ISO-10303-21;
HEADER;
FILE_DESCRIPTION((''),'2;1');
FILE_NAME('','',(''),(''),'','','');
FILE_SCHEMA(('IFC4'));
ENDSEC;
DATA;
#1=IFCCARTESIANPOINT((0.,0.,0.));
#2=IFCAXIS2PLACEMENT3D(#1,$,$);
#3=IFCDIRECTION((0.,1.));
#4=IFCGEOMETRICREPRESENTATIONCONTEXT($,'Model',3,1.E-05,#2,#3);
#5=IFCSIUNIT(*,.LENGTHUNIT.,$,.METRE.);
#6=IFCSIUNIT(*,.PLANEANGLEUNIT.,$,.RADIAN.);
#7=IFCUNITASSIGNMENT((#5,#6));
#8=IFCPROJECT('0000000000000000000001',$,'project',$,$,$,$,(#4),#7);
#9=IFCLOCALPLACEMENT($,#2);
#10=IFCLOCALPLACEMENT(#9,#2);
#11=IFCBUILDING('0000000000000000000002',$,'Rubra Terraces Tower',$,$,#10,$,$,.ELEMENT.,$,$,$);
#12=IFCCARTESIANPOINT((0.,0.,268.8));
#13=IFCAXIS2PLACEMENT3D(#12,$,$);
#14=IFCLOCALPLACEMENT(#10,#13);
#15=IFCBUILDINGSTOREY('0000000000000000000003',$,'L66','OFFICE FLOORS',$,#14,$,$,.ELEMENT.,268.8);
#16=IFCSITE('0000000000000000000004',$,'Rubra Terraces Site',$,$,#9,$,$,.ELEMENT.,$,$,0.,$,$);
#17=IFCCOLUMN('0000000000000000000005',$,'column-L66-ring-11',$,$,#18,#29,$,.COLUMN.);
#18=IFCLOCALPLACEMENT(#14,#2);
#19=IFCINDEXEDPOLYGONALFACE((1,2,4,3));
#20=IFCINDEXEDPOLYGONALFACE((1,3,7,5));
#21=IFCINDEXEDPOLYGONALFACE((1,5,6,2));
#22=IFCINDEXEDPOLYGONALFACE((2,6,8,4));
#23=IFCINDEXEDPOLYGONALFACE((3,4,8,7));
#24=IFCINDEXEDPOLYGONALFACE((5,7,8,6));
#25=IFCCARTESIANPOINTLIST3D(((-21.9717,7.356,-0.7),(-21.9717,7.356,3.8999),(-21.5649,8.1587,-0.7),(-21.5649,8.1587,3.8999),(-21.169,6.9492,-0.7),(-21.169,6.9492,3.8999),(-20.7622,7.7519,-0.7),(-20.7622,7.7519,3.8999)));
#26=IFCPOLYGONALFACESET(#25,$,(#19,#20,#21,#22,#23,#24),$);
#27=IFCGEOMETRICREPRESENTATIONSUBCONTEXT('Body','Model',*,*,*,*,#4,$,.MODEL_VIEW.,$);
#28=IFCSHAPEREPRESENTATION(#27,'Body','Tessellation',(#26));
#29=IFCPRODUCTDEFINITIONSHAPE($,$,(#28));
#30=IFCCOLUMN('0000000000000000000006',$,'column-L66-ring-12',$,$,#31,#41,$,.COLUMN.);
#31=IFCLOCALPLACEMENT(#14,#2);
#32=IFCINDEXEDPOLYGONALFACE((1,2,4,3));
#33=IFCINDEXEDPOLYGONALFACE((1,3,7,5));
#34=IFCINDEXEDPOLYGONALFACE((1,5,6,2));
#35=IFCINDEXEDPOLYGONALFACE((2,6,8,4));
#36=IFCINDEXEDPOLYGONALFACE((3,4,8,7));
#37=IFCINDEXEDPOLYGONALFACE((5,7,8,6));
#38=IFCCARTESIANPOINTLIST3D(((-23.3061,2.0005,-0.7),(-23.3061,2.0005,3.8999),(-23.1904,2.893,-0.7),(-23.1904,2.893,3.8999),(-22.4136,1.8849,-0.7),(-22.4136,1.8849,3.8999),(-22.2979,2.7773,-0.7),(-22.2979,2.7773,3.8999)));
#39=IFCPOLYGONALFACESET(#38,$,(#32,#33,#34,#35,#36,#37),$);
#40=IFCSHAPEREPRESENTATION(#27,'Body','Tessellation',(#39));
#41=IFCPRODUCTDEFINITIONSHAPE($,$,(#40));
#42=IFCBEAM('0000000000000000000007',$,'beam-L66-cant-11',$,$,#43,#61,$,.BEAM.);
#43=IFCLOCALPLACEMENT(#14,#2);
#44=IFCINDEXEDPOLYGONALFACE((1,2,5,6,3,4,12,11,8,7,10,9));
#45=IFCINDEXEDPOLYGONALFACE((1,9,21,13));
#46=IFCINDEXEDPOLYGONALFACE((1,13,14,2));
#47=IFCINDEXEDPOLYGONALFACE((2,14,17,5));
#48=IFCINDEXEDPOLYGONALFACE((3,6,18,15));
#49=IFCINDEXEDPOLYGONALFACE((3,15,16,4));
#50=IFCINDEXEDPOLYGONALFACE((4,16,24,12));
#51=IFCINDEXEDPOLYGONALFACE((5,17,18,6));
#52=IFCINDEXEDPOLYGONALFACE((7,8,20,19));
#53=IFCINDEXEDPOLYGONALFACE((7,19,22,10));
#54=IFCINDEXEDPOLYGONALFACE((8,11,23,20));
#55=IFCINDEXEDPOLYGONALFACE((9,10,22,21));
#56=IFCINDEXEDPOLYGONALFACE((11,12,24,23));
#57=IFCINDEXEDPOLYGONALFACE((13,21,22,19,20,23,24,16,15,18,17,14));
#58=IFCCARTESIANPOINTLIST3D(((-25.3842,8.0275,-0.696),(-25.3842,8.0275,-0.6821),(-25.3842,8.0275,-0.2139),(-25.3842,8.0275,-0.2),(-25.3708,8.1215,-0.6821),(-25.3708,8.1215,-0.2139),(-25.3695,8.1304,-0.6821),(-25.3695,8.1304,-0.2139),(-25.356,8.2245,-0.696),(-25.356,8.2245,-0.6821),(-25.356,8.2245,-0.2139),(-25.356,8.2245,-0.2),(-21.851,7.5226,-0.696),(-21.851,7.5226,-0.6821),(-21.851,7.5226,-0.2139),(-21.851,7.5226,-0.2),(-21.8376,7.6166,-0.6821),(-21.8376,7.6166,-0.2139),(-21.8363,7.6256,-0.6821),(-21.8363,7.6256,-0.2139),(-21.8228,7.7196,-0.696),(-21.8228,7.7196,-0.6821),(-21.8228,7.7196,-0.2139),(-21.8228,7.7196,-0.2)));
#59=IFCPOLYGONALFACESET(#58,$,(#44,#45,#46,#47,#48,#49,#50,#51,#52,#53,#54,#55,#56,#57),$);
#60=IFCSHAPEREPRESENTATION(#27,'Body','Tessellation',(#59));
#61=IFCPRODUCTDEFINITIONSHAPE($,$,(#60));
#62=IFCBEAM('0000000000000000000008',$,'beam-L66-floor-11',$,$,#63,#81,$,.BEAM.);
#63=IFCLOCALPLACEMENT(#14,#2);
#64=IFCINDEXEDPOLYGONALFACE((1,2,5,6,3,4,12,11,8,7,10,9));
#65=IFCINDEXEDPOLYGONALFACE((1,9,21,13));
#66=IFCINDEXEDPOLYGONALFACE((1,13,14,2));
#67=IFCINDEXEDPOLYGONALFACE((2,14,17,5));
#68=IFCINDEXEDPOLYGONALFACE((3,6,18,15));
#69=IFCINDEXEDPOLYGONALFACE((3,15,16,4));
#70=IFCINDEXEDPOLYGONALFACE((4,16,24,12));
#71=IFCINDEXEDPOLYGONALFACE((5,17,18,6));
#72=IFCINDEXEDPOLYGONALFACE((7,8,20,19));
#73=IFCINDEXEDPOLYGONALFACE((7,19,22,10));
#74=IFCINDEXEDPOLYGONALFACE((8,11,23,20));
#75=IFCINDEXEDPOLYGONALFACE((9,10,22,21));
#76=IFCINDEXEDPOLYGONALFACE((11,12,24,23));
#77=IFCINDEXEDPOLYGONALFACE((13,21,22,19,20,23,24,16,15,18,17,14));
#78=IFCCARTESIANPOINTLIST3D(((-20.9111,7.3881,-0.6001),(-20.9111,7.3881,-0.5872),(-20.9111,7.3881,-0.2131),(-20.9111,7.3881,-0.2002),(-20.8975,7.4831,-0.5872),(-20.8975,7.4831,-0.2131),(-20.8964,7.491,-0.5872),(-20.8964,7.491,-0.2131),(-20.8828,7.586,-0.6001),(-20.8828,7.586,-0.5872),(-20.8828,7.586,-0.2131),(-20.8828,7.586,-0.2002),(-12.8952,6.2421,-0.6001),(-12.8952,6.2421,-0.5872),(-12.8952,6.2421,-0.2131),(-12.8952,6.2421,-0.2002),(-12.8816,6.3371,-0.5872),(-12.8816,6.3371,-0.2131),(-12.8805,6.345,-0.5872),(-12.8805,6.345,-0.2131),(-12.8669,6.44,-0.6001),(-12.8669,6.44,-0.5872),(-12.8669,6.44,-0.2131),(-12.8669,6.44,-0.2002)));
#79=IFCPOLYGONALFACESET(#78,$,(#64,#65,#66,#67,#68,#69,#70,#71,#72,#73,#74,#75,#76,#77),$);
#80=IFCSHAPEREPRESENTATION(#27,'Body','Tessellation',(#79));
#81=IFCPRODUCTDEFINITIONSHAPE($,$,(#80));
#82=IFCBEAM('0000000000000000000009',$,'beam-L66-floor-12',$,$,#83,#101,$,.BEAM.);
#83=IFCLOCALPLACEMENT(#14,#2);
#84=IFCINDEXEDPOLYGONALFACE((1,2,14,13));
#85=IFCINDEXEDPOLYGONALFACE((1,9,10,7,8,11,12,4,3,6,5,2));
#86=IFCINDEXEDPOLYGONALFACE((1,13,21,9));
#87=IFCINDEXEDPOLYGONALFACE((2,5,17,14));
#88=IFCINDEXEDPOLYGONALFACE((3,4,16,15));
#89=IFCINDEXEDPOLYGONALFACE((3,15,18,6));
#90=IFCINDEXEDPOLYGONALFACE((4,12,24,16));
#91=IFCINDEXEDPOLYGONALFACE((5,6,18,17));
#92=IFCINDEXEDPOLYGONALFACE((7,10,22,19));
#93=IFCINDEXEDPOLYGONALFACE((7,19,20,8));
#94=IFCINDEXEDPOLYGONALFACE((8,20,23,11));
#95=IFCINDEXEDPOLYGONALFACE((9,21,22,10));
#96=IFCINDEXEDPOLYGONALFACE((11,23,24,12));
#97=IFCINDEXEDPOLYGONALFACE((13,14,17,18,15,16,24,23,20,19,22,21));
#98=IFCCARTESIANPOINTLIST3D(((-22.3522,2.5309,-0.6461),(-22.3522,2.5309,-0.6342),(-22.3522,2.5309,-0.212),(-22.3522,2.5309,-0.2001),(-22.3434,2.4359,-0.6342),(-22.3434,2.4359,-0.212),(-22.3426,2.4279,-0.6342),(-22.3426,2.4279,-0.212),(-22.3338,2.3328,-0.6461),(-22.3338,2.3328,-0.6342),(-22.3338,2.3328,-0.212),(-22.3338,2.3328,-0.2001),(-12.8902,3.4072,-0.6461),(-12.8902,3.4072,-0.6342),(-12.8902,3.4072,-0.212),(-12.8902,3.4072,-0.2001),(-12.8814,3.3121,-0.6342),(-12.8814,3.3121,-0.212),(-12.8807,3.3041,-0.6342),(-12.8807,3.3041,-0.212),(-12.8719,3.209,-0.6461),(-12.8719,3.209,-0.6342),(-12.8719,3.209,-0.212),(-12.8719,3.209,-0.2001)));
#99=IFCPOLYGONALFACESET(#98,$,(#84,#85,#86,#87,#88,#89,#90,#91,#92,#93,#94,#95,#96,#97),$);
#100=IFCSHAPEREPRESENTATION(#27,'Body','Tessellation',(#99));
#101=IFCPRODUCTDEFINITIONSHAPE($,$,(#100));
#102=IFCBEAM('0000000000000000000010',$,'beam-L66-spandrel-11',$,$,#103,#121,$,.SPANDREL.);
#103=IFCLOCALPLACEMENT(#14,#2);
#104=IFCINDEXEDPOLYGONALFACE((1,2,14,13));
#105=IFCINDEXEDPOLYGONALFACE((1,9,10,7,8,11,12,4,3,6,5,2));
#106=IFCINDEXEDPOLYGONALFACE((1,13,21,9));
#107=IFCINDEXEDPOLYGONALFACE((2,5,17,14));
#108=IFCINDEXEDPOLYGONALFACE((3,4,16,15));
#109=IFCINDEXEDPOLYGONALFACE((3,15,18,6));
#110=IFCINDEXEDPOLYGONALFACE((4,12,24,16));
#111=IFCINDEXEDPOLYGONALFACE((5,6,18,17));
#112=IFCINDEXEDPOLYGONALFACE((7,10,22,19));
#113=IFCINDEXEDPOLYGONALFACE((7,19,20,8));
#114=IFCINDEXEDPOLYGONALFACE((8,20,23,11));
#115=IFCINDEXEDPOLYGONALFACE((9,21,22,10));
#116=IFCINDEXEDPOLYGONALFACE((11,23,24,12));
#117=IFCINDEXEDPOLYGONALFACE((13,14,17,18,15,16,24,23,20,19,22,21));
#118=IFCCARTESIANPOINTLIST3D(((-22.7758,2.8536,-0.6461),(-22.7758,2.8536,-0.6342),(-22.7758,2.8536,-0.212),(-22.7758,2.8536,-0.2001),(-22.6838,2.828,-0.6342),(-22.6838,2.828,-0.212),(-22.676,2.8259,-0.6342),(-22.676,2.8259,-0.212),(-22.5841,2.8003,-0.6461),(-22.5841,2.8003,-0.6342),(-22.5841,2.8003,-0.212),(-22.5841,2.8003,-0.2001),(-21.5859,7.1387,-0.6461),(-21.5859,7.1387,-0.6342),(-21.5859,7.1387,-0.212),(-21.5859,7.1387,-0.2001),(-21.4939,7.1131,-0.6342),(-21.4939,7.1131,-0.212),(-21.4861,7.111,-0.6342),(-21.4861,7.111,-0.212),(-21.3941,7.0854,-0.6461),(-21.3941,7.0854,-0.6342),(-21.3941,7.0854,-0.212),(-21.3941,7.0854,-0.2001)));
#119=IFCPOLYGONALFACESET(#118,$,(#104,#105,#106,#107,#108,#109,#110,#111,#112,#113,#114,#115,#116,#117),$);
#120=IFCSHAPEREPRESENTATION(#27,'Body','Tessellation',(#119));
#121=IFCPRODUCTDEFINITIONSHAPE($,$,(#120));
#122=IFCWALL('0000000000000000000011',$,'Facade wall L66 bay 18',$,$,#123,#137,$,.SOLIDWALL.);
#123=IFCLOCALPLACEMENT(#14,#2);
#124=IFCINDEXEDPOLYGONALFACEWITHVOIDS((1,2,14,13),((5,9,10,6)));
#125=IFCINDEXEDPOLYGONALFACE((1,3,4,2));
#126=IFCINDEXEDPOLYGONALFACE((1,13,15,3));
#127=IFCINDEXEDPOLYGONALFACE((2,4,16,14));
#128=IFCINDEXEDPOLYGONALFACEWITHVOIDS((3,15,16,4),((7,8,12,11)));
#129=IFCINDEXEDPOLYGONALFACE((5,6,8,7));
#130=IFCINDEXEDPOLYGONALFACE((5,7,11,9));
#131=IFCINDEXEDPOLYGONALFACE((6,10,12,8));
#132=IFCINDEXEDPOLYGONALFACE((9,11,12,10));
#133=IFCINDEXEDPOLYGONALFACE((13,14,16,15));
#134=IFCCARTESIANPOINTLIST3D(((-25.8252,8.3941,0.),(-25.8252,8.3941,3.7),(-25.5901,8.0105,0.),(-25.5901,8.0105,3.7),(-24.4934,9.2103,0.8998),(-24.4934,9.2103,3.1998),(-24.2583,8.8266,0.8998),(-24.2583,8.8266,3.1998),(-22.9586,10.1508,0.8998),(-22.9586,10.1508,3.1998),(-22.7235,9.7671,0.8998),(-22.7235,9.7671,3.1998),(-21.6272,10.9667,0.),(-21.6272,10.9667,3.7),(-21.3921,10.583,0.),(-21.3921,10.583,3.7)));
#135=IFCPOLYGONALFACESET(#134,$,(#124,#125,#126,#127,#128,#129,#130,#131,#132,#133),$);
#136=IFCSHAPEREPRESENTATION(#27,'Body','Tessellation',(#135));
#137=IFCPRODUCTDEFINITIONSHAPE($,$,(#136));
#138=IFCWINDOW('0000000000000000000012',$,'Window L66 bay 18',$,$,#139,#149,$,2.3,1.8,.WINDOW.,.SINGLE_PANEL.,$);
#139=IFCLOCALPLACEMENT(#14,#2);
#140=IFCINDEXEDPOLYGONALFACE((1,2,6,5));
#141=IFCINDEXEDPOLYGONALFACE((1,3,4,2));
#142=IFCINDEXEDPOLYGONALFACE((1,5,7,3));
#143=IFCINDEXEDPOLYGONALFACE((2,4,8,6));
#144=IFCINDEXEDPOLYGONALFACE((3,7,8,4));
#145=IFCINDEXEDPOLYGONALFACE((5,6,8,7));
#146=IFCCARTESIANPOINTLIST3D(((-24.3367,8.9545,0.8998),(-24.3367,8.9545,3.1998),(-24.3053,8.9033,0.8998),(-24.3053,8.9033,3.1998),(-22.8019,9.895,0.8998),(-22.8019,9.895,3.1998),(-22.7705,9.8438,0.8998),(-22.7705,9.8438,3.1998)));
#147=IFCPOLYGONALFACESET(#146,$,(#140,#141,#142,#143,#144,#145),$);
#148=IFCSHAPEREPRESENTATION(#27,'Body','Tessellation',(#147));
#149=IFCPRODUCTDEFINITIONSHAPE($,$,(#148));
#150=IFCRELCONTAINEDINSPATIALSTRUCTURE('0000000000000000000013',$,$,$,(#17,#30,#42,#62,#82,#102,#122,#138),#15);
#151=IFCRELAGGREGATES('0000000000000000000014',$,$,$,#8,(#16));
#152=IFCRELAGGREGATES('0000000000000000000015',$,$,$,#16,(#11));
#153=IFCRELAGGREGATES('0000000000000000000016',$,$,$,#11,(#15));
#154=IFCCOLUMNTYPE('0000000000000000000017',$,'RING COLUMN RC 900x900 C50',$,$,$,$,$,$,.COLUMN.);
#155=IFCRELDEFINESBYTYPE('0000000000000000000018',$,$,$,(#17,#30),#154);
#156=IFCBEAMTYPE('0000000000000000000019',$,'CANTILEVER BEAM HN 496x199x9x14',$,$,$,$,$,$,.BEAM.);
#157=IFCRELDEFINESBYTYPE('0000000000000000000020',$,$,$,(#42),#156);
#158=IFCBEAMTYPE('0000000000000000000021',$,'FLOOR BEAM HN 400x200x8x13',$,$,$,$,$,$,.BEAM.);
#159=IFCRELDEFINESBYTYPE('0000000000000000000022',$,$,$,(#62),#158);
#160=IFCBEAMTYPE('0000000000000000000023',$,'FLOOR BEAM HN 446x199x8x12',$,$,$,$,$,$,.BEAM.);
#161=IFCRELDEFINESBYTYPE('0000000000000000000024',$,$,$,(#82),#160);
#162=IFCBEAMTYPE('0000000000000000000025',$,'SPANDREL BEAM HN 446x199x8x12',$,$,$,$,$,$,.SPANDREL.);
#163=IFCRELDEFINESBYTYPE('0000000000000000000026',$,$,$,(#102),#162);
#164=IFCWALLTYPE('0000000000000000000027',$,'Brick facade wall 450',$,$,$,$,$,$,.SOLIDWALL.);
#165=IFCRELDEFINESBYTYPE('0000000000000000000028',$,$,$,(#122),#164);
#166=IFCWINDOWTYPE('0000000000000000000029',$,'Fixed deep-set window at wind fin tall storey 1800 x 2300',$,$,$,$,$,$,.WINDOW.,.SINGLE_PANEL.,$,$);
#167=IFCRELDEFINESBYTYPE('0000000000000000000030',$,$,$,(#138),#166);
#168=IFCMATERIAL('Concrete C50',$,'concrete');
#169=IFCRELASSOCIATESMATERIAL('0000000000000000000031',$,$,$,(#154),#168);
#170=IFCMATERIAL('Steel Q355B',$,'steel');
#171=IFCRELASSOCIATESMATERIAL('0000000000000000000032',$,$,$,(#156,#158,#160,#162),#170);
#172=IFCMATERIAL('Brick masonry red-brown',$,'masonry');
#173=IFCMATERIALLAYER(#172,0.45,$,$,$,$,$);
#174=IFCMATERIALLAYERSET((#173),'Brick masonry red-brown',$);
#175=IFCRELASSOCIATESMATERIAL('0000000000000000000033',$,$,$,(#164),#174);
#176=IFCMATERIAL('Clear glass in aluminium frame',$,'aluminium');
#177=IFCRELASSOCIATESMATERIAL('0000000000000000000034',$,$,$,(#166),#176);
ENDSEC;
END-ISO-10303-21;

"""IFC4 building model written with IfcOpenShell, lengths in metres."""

from ifc_helpers import new_model, si_unit, direction, frame, frame_2d, origin, origin_2d, place, context, subcontext, project, spatial, rectangle, i_section, extrude, material, layer, layer_set, material_profile, profile_set, type_object, element, fill, save


model = new_model("IFC4")

# Units and contexts
model_context = context("Model", 3, precision=1e-05, world=origin(), true_north=direction((0.0, 1.0)))
body_context = subcontext(model_context, "Body", "Model", "MODEL_VIEW")
ifc_project = project(units=[si_unit("LENGTHUNIT", "METRE"), si_unit("PLANEANGLEUNIT", "RADIAN")], contexts=[model_context])

# Site, building, storey
site_placement = place(None, origin())
site = spatial("IfcSite", under=ifc_project, at=site_placement, Name="Rubra Terraces Site", CompositionType="ELEMENT", RefElevation=0.0)
building_placement = place(site_placement, origin())
building = spatial("IfcBuilding", under=site, at=building_placement, Name="Rubra Terraces Tower", CompositionType="ELEMENT")
storey_placement = place(building_placement, frame((0.0, 0.0, 268.8)))
storey = spatial("IfcBuildingStorey", under=building, at=storey_placement, Name="L66", Description="OFFICE FLOORS", CompositionType="ELEMENT", Elevation=268.8)

# Columns
ifc_material_1 = material(Name="Concrete C50", Category="concrete")
ifc_material_profile_1 = material_profile(ifc_material_1, rectangle(XDim=0.8999, YDim=0.8999, at=origin_2d()), Name="RC 900x900")
ifc_profile_set_1 = profile_set([ifc_material_profile_1], Name="Concrete C50")
column_type = type_object("IfcColumnType", Name="RING COLUMN RC 900x900 C50", PredefinedType="COLUMN", material=ifc_profile_set_1)
for number, where, z_axis, x_axis, name in (
    (1, (-21.3669, 7.554, -0.7), (0.0, 0.0, 1.0), (-0.452079, -0.891978, 0.0), "column-L66-ring-11"),
    (2, (-22.802, 2.3889, -0.7), (0.0, 0.0, 1.0), (-0.128535, -0.991705, 0.0), "column-L66-ring-12"),
):
    element("IfcColumn", number, at=place(storey_placement, frame(where, z_axis=z_axis, x_axis=x_axis)), inside=storey, type_object=column_type, Name=name, PredefinedType="COLUMN", context=body_context, shape_type="SweptSolid", body=[
        extrude(rectangle(XDim=0.8999, YDim=0.8999, at=origin_2d()), origin(), (0.0, 0.0, 1.0), 4.5999),
    ])

# Beams
ifc_material_2 = material(Name="Steel Q355B", Category="steel")
ifc_material_profile_2 = material_profile(ifc_material_2, i_section(OverallWidth=0.199, OverallDepth=0.4961, WebThickness=0.009, FlangeThickness=0.0139, at=origin_2d()), Name="HN 496x199x9x14")
ifc_profile_set_2 = profile_set([ifc_material_profile_2], Name="Steel Q355B")
beam_type_1 = type_object("IfcBeamType", Name="CANTILEVER BEAM HN 496x199x9x14", PredefinedType="BEAM", material=ifc_profile_set_2)
beam_1_placement = place(storey_placement, frame((-21.8369, 7.6211, -0.448), z_axis=(-0.989944, 0.14146, 0.0), x_axis=(-0.14146, -0.989944, 0.0)))
element("IfcBeam", 3, at=beam_1_placement, inside=storey, type_object=beam_type_1, Name="beam-L66-cant-11", PredefinedType="BEAM", context=body_context, shape_type="SweptSolid", body=[
    extrude(i_section(OverallWidth=0.199, OverallDepth=0.4961, WebThickness=0.009, FlangeThickness=0.0139, at=origin_2d()), origin(), (0.0, 0.0, 1.0), 3.5691),
])
ifc_material_profile_3 = material_profile(ifc_material_2, i_section(OverallWidth=0.2, OverallDepth=0.3999, WebThickness=0.0081, FlangeThickness=0.0129, at=origin_2d()), Name="HN 400x200x8x13")
ifc_profile_set_3 = profile_set([ifc_material_profile_3], Name="Steel Q355B")
beam_type_2 = type_object("IfcBeamType", Name="FLOOR BEAM HN 400x200x8x13", PredefinedType="BEAM", material=ifc_profile_set_3)
beam_2_placement = place(storey_placement, frame((-20.897, 7.4871, -0.4001), z_axis=(0.989934, -0.141527, 0.0), x_axis=(0.141527, 0.989934, 0.0)))
element("IfcBeam", 4, at=beam_2_placement, inside=storey, type_object=beam_type_2, Name="beam-L66-floor-11", PredefinedType="BEAM", context=body_context, shape_type="SweptSolid", body=[
    extrude(i_section(OverallWidth=0.2, OverallDepth=0.3999, WebThickness=0.0081, FlangeThickness=0.0129, at=origin_2d()), origin(), (0.0, 0.0, 1.0), 8.0974),
])
ifc_material_profile_4 = material_profile(ifc_material_2, i_section(OverallWidth=0.199, OverallDepth=0.446, WebThickness=0.0081, FlangeThickness=0.012, at=origin_2d()), Name="HN 446x199x8x12")
ifc_profile_set_4 = profile_set([ifc_material_profile_4], Name="Steel Q355B")
beam_type_3 = type_object("IfcBeamType", Name="FLOOR BEAM HN 446x199x8x12", PredefinedType="BEAM", material=ifc_profile_set_4)
beam_3_placement = place(storey_placement, frame((-22.343, 2.4319, -0.4231), z_axis=(0.99574, 0.09221, 0.0), x_axis=(-0.09221, 0.99574, 0.0)))
element("IfcBeam", 5, at=beam_3_placement, inside=storey, type_object=beam_type_3, Name="beam-L66-floor-12", PredefinedType="BEAM", context=body_context, shape_type="SweptSolid", body=[
    extrude(i_section(OverallWidth=0.199, OverallDepth=0.446, WebThickness=0.0081, FlangeThickness=0.012, at=origin_2d()), origin(), (0.0, 0.0, 1.0), 9.5024),
])
ifc_material_profile_5 = material_profile(ifc_material_2, i_section(OverallWidth=0.199, OverallDepth=0.446, WebThickness=0.0081, FlangeThickness=0.012, at=origin_2d()), Name="HN 446x199x8x12")
ifc_profile_set_5 = profile_set([ifc_material_profile_5], Name="Steel Q355B")
beam_type_4 = type_object("IfcBeamType", Name="SPANDREL BEAM HN 446x199x8x12", PredefinedType="SPANDREL", material=ifc_profile_set_5)
beam_4_placement = place(storey_placement, frame((-21.49, 7.1121, -0.4231), z_axis=(-0.267565, -0.96354, 0.0), x_axis=(0.96354, -0.267565, 0.0)))
element("IfcBeam", 6, at=beam_4_placement, inside=storey, type_object=beam_type_4, Name="beam-L66-spandrel-11", PredefinedType="SPANDREL", context=body_context, shape_type="SweptSolid", body=[
    extrude(i_section(OverallWidth=0.199, OverallDepth=0.446, WebThickness=0.0081, FlangeThickness=0.012, at=origin_2d()), origin(), (0.0, 0.0, 1.0), 4.4473),
])

# Wall, opening, window
ifc_material_3 = material(Name="Brick masonry red-brown", Category="masonry")
ifc_layer_1 = layer(ifc_material_3, 0.45)
ifc_layer_set_1 = layer_set([ifc_layer_1], Name="Brick masonry red-brown")
wall_type_1 = type_object("IfcWallType", Name="Brick facade wall 450", PredefinedType="SOLIDWALL", material=ifc_layer_set_1)
wall_1_placement = place(storey_placement, frame((-21.5095, 10.7749, 0.0), z_axis=(0.0, 0.0, 1.0), x_axis=(-0.852643, -0.522495, 0.0)))
wall_1 = element("IfcWall", 7, at=wall_1_placement, inside=storey, type_object=wall_type_1, Name="Facade wall L66 bay 18", PredefinedType="SOLIDWALL", context=body_context, shape_type="SweptSolid", body=[
    extrude(rectangle(XDim=4.9236, YDim=0.45, at=frame_2d((2.4619, 0.0))), origin(), (0.0, 0.0, 1.0), 3.7),
])
opening_1_placement = place(wall_1_placement, frame((1.5618, 0.0, 0.8999)))
opening_1 = element("IfcOpeningElement", 8, at=opening_1_placement, cuts=wall_1, PredefinedType="OPENING", context=body_context, shape_type="SweptSolid", body=[
    extrude(rectangle(XDim=1.8, YDim=2.3, at=frame_2d((0.8999, 1.1499))), frame((0.0, 0.2349, 0.0), z_axis=(0.0, -1.0, 0.0), x_axis=(1.0, 0.0, 0.0)), (0.0, 0.0, 1.0), 0.47),
])
ifc_material_4 = material(Name="Clear glass in aluminium frame", Category="aluminium")
window_type_1 = type_object("IfcWindowType", Name="Fixed deep-set window at wind fin tall storey 1800 x 2300", PartitioningType="SINGLE_PANEL", PredefinedType="WINDOW", material=ifc_material_4)
window_1_placement = place(opening_1_placement, origin())
window_1 = element("IfcWindow", 9, at=window_1_placement, inside=storey, type_object=window_type_1, Name="Window L66 bay 18", OverallHeight=2.3, OverallWidth=1.8, PartitioningType="SINGLE_PANEL", PredefinedType="WINDOW", context=body_context, shape_type="SweptSolid", body=[
    extrude(rectangle(XDim=1.8, YDim=2.3, at=frame_2d((0.8999, 1.1499))), frame((0.0, 0.135, 0.0), z_axis=(0.0, -1.0, 0.0), x_axis=(1.0, 0.0, 0.0)), (0.0, 0.0, 1.0), 0.0601),
])
fill(opening_1, window_1)

save(model, "model.ifc")
